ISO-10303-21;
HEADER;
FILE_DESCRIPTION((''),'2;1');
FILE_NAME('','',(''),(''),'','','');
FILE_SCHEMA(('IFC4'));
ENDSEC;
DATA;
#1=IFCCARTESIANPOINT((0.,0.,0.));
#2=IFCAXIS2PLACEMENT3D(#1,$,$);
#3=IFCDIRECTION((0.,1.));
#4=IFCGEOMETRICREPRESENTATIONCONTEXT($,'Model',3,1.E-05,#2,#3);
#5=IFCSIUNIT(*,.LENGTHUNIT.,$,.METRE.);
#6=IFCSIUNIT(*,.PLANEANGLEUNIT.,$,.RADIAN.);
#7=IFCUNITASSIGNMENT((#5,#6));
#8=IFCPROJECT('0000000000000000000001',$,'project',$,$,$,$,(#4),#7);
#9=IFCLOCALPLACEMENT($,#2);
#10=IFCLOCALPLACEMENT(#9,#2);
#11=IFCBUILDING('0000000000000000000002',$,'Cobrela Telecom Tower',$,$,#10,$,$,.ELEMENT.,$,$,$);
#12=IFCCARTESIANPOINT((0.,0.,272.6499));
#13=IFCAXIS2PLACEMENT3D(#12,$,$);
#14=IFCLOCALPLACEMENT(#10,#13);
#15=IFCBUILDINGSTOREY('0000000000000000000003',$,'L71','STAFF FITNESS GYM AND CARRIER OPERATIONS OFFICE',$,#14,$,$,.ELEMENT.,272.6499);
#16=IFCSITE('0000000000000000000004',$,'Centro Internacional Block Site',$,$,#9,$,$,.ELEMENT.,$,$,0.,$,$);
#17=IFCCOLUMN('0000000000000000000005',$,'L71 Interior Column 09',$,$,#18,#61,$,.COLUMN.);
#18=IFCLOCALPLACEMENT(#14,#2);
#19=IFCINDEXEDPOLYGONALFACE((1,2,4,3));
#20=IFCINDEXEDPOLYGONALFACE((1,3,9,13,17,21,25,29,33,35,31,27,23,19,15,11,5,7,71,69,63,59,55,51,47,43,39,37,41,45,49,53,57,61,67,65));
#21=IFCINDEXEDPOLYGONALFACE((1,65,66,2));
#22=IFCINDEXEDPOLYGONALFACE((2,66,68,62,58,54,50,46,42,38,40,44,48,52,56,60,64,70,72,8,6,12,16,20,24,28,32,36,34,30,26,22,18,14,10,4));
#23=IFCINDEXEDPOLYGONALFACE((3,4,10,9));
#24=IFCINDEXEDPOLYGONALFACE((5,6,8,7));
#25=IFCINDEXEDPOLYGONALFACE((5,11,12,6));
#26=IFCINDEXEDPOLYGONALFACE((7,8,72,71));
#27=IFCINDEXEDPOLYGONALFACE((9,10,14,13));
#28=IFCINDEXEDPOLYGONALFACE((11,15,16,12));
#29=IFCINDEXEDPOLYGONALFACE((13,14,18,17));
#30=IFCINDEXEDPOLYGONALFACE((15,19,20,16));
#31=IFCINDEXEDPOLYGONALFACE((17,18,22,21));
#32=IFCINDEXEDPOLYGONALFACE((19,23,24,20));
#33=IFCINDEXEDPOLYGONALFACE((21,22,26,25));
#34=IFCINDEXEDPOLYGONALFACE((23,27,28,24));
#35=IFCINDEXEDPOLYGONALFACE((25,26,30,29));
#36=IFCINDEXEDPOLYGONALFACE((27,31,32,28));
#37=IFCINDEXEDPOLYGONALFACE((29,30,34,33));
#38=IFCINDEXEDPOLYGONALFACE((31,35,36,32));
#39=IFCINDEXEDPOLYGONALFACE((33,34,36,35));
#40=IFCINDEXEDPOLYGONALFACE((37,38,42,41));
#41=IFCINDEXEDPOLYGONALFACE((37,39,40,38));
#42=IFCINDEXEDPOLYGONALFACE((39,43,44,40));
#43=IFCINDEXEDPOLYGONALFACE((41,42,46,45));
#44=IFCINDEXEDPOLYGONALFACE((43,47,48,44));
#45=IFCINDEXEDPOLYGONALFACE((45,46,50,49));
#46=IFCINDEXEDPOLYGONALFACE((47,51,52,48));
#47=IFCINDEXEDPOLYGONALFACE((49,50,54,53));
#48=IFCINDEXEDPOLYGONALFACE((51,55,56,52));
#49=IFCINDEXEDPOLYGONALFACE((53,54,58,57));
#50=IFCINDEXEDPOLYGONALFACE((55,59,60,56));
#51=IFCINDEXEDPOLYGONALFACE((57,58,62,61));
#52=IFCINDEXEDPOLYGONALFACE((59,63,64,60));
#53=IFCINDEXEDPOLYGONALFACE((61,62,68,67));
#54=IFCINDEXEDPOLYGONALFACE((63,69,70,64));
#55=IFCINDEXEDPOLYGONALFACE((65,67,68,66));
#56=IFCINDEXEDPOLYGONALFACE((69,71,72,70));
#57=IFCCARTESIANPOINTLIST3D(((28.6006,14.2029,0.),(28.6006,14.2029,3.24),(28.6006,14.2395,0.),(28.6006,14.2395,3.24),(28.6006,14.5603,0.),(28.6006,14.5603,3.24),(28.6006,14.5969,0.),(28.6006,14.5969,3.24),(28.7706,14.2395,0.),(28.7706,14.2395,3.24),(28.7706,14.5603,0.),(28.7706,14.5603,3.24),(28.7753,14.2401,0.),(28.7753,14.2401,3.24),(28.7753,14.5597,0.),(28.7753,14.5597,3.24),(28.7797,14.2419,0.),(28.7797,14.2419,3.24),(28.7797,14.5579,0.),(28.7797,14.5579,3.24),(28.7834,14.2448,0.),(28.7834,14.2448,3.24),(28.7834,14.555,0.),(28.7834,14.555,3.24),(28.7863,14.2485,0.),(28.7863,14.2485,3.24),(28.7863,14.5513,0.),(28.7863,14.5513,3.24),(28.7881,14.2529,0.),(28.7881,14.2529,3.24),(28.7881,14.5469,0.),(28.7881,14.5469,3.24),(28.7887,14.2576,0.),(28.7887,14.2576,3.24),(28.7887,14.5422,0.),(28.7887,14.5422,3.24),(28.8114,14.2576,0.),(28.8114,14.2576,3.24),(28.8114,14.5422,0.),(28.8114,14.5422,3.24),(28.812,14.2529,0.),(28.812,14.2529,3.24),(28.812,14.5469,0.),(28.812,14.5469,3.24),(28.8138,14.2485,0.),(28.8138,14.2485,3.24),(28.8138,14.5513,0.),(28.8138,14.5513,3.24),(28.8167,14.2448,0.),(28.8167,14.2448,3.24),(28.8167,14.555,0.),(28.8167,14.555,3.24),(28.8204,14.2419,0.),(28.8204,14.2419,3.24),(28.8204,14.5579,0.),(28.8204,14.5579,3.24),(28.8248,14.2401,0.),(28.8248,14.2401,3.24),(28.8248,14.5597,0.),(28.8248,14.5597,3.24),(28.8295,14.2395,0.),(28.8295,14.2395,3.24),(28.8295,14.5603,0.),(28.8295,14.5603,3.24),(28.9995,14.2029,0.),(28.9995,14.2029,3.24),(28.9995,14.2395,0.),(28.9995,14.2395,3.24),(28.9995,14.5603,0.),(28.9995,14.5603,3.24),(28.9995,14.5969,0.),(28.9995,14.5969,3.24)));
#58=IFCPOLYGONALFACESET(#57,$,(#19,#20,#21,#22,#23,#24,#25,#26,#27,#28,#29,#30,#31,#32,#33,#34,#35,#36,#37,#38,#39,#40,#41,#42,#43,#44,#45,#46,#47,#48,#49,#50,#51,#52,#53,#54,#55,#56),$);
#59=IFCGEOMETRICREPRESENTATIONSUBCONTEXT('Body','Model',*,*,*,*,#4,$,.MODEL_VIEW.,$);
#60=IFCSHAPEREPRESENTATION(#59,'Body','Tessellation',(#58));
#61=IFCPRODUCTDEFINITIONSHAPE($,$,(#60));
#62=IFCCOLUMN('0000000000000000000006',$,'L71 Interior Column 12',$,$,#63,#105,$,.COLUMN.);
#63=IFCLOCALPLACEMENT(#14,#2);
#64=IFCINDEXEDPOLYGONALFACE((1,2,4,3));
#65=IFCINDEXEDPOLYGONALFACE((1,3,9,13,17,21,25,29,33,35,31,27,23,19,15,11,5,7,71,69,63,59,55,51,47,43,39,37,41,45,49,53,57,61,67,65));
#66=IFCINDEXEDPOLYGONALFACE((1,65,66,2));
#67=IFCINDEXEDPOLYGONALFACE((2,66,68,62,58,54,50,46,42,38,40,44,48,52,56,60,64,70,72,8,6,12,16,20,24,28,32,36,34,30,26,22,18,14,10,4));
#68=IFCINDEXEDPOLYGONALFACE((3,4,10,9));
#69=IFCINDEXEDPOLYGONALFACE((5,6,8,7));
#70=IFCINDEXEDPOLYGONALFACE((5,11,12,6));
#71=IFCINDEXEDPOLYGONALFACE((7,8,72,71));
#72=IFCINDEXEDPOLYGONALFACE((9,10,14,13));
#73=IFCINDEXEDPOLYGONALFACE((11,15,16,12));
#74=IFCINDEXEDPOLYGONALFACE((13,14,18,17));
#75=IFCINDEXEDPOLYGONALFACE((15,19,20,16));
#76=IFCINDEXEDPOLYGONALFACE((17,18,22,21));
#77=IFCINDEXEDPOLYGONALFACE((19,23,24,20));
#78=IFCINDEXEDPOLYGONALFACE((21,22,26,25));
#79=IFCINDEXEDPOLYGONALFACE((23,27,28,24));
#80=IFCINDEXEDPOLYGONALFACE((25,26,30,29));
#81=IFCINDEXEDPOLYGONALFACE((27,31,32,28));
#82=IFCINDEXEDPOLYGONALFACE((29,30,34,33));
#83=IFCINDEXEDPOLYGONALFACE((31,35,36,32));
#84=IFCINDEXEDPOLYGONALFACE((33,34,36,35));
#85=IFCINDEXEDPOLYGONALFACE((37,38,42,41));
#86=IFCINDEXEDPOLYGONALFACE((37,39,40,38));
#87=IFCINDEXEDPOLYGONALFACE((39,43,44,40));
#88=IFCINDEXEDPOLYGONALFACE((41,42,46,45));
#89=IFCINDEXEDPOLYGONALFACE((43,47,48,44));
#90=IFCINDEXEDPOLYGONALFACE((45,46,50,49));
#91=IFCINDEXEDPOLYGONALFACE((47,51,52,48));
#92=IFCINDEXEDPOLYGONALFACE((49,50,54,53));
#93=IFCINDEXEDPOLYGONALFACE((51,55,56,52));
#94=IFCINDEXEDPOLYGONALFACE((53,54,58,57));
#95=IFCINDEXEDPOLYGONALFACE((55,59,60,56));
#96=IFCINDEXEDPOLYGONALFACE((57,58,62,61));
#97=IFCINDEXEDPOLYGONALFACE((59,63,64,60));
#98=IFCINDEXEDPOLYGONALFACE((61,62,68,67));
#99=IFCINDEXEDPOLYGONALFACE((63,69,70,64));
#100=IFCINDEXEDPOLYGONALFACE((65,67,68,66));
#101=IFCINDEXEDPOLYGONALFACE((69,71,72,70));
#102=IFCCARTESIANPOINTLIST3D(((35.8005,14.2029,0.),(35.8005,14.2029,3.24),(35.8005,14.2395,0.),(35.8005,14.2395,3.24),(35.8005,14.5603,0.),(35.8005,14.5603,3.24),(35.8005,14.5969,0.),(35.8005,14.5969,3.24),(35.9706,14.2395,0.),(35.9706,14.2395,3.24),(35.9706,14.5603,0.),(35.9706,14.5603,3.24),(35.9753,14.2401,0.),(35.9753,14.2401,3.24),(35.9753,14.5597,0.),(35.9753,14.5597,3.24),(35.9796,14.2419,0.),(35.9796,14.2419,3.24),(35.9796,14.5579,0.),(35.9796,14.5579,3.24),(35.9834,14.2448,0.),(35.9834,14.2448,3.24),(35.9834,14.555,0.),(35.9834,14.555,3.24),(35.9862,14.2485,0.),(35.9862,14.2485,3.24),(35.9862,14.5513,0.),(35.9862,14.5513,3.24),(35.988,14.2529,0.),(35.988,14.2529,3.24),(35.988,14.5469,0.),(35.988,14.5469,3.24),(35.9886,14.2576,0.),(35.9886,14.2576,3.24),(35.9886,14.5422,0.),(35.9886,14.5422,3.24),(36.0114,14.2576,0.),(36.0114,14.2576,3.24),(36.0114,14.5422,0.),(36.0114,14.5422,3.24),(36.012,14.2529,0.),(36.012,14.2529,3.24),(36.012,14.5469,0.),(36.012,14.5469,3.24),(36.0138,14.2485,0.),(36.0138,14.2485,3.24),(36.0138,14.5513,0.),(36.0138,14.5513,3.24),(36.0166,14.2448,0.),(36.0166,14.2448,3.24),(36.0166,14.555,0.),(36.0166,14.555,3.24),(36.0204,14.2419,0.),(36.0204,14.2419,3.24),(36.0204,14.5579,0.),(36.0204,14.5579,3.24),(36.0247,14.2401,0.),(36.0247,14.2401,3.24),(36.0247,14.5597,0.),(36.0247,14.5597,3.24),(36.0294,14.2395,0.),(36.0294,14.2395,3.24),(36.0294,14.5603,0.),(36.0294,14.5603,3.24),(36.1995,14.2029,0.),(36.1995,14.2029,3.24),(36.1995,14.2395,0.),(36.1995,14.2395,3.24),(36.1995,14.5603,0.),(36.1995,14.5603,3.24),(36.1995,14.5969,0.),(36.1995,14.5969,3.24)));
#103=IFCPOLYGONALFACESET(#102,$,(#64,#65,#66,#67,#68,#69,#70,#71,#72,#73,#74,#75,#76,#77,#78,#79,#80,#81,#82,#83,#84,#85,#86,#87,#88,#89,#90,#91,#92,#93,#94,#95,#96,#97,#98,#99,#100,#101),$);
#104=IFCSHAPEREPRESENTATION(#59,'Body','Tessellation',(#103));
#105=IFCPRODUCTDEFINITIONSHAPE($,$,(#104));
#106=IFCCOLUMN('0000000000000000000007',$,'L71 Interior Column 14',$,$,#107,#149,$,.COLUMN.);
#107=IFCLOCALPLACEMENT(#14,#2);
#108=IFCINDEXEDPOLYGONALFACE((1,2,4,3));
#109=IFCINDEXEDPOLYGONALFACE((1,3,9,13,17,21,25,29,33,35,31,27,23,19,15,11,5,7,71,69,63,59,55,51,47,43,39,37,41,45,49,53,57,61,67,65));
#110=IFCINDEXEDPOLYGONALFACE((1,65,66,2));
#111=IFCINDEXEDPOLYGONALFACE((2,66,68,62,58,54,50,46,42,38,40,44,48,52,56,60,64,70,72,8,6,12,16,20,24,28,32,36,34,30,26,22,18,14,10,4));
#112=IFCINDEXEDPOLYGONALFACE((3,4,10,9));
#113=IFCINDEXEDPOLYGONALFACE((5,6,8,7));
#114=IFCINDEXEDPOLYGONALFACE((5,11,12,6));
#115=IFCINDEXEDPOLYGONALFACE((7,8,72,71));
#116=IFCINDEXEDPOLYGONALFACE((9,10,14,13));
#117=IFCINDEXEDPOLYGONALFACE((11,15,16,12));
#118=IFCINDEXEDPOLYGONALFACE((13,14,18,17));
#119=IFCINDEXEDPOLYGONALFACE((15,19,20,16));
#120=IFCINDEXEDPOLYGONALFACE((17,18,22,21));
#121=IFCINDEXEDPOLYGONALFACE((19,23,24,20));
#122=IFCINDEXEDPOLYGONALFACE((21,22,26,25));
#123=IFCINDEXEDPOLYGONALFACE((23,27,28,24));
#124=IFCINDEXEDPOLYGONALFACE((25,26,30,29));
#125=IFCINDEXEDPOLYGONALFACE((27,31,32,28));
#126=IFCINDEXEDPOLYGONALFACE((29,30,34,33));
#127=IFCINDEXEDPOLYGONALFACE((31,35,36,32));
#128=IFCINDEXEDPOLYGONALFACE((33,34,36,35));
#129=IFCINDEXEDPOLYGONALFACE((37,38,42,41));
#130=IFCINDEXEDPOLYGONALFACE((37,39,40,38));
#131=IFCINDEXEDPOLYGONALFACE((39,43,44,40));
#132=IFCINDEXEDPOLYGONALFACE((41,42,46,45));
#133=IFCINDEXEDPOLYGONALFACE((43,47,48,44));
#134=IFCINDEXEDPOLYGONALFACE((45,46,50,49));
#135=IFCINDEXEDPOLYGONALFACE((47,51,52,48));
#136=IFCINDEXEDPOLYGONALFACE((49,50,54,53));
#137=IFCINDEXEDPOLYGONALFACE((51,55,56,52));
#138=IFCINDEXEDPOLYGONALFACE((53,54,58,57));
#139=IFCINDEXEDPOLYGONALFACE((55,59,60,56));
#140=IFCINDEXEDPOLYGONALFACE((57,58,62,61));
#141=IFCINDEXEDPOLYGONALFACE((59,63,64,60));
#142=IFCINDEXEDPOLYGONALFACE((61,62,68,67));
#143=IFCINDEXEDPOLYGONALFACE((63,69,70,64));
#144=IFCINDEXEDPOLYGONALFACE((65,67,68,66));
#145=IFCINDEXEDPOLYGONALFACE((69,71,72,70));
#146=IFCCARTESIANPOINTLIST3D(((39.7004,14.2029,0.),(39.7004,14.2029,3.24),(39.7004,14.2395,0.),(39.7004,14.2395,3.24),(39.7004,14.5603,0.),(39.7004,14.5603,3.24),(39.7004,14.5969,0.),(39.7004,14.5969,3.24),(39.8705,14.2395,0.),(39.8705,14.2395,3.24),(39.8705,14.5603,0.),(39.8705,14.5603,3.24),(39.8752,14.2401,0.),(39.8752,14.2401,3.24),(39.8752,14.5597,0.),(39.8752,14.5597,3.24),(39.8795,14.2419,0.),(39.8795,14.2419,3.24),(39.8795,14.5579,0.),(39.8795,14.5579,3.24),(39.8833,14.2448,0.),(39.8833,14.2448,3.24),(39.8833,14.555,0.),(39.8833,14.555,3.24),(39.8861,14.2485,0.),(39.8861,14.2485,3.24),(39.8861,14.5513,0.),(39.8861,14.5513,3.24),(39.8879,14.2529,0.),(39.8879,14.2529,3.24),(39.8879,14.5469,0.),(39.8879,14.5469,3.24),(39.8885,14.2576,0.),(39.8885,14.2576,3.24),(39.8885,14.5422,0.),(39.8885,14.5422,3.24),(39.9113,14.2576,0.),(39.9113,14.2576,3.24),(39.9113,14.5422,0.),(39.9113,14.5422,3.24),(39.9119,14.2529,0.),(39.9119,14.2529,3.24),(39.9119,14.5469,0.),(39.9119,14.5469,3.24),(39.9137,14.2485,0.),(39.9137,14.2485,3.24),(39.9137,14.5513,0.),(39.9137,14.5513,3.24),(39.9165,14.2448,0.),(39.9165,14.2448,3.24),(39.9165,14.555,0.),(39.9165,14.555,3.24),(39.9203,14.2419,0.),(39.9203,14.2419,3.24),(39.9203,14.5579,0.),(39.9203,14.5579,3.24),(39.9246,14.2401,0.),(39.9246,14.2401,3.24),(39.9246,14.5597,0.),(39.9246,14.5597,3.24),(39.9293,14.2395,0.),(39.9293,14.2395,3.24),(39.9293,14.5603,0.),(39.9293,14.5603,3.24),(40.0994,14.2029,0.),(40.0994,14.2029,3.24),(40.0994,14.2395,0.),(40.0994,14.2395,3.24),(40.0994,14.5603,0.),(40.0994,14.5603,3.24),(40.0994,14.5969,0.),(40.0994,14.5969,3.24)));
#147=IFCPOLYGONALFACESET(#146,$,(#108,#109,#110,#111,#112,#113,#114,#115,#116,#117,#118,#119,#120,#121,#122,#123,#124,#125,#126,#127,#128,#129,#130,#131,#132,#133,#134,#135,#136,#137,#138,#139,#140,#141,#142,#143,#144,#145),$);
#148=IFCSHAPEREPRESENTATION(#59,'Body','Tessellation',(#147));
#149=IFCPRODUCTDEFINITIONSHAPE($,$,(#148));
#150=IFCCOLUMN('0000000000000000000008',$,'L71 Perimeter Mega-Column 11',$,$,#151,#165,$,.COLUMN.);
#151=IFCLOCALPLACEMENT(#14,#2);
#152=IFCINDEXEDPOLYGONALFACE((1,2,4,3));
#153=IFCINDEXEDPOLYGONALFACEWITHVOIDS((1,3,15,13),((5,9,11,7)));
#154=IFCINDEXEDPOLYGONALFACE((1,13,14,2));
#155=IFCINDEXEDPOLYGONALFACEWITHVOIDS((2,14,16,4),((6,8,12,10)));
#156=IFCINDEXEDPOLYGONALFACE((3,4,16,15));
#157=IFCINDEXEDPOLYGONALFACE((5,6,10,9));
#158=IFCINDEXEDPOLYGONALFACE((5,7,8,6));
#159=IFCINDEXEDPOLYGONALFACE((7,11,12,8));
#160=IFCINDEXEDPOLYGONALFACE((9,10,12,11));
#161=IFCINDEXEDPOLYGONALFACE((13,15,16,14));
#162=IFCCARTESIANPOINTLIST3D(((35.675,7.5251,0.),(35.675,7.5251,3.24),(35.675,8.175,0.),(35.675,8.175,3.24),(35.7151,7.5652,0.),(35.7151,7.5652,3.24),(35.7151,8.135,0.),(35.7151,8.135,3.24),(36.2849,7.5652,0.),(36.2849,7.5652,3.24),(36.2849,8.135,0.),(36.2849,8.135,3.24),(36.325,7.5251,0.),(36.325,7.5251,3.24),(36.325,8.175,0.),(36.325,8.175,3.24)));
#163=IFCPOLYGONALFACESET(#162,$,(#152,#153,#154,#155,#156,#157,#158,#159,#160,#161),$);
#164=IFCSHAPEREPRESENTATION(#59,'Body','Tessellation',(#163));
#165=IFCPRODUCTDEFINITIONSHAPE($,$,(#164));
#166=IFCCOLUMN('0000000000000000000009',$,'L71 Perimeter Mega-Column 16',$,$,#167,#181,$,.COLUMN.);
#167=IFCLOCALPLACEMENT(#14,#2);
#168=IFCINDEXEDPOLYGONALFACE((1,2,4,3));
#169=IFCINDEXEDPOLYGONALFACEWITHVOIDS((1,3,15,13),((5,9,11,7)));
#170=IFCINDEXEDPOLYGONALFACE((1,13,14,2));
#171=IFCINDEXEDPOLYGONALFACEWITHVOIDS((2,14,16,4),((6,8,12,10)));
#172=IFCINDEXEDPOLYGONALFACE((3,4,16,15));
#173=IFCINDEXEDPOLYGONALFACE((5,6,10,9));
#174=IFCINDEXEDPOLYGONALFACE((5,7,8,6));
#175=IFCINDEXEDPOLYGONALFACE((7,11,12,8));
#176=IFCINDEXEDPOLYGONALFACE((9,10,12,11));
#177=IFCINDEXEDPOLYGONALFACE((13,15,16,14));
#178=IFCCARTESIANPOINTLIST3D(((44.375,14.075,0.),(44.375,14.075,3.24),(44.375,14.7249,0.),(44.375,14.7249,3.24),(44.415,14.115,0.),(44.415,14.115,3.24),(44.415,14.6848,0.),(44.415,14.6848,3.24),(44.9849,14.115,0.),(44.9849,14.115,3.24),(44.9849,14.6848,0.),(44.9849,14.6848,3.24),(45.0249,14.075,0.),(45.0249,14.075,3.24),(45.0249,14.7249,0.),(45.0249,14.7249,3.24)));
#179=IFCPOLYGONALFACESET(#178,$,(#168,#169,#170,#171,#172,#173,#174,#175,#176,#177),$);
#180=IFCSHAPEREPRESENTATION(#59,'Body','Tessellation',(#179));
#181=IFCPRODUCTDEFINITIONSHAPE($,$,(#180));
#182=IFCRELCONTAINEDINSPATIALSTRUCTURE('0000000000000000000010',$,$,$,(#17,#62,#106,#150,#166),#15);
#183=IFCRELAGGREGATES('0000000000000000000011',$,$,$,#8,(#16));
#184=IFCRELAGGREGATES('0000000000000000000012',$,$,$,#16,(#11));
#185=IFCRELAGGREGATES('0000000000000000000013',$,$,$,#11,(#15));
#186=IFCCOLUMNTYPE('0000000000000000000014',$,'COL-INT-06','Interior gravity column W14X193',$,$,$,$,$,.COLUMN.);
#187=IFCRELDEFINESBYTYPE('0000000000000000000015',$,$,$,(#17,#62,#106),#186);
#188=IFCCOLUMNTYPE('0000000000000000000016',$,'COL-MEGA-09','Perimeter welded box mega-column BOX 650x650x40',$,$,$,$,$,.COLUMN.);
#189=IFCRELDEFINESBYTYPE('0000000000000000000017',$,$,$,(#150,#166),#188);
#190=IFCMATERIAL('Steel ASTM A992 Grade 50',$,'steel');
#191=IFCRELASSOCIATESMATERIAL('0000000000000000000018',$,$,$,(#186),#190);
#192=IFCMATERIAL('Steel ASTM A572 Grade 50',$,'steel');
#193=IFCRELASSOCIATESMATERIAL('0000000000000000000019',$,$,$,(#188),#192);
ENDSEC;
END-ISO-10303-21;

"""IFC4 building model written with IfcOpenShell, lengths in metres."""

from ifc_helpers import new_model, si_unit, direction, frame, origin, origin_2d, place, context, subcontext, project, spatial, hollow_rectangle, i_section, extrude, material, material_profile, profile_set, type_object, element, save


model = new_model("IFC4")

# Units and contexts
model_context = context("Model", 3, precision=1e-05, world=origin(), true_north=direction((0.0, 1.0)))
body_context = subcontext(model_context, "Body", "Model", "MODEL_VIEW")
ifc_project = project(units=[si_unit("LENGTHUNIT", "METRE"), si_unit("PLANEANGLEUNIT", "RADIAN")], contexts=[model_context])

# Site, building, storey
site_placement = place(None, origin())
site = spatial("IfcSite", under=ifc_project, at=site_placement, Name="Centro Internacional Block Site", CompositionType="ELEMENT", RefElevation=0.0)
building_placement = place(site_placement, origin())
building = spatial("IfcBuilding", under=site, at=building_placement, Name="Cobrela Telecom Tower", CompositionType="ELEMENT")
storey_placement = place(building_placement, frame((0.0, 0.0, 272.6499)))
storey = spatial("IfcBuildingStorey", under=building, at=storey_placement, Name="L71", Description="STAFF FITNESS GYM AND CARRIER OPERATIONS OFFICE", CompositionType="ELEMENT", Elevation=272.6499)

# Columns
ifc_material_1 = material(Name="Steel ASTM A992 Grade 50", Category="steel")
ifc_material_profile_1 = material_profile(ifc_material_1, i_section(OverallWidth=0.3989, OverallDepth=0.394, WebThickness=0.0227, FlangeThickness=0.0366, FilletRadius=0.0181, at=origin_2d()), Name="W14X193")
ifc_profile_set_1 = profile_set([ifc_material_profile_1], Name="Steel ASTM A992 Grade 50")
column_type_1 = type_object("IfcColumnType", Name="COL-INT-06", Description="Interior gravity column W14X193", PredefinedType="COLUMN", material=ifc_profile_set_1)
for number, where, z_axis, x_axis, name in (
    (1, (28.8, 14.3999, 0.0), (0.0, 0.0, 1.0), (1.0, 0.0, 0.0), "L71 Interior Column 09"),
    (2, (36.0, 14.3999, 0.0), (0.0, 0.0, 1.0), (1.0, 0.0, 0.0), "L71 Interior Column 12"),
    (3, (39.8999, 14.3999, 0.0), (0.0, 0.0, 1.0), (1.0, 0.0, 0.0), "L71 Interior Column 14"),
):
    element("IfcColumn", number, at=place(storey_placement, frame(where, z_axis=z_axis, x_axis=x_axis)), inside=storey, type_object=column_type_1, Name=name, PredefinedType="COLUMN", context=body_context, shape_type="SweptSolid", body=[
        extrude(i_section(OverallWidth=0.3989, OverallDepth=0.394, WebThickness=0.0227, FlangeThickness=0.0366, FilletRadius=0.0181, at=origin_2d()), origin(), (0.0, 0.0, 1.0), 3.24),
    ])
ifc_material_2 = material(Name="Steel ASTM A572 Grade 50", Category="steel")
ifc_material_profile_2 = material_profile(ifc_material_2, hollow_rectangle(XDim=0.6499, YDim=0.6499, WallThickness=0.04, at=origin_2d()), Name="BOX 650x650x40")
ifc_profile_set_2 = profile_set([ifc_material_profile_2], Name="Steel ASTM A572 Grade 50")
column_type_2 = type_object("IfcColumnType", Name="COL-MEGA-09", Description="Perimeter welded box mega-column BOX 650x650x40", PredefinedType="COLUMN", material=ifc_profile_set_2)
for number, where, z_axis, x_axis, name in (
    (4, (36.0, 7.8501, 0.0), (0.0, 0.0, 1.0), (1.0, 0.0, 0.0), "L71 Perimeter Mega-Column 11"),
    (5, (44.7, 14.3999, 0.0), (0.0, 0.0, 1.0), (1.0, 0.0, 0.0), "L71 Perimeter Mega-Column 16"),
):
    element("IfcColumn", number, at=place(storey_placement, frame(where, z_axis=z_axis, x_axis=x_axis)), inside=storey, type_object=column_type_2, Name=name, PredefinedType="COLUMN", context=body_context, shape_type="SweptSolid", body=[
        extrude(hollow_rectangle(XDim=0.6499, YDim=0.6499, WallThickness=0.04, at=origin_2d()), origin(), (0.0, 0.0, 1.0), 3.24),
    ])

save(model, "model.ifc")
